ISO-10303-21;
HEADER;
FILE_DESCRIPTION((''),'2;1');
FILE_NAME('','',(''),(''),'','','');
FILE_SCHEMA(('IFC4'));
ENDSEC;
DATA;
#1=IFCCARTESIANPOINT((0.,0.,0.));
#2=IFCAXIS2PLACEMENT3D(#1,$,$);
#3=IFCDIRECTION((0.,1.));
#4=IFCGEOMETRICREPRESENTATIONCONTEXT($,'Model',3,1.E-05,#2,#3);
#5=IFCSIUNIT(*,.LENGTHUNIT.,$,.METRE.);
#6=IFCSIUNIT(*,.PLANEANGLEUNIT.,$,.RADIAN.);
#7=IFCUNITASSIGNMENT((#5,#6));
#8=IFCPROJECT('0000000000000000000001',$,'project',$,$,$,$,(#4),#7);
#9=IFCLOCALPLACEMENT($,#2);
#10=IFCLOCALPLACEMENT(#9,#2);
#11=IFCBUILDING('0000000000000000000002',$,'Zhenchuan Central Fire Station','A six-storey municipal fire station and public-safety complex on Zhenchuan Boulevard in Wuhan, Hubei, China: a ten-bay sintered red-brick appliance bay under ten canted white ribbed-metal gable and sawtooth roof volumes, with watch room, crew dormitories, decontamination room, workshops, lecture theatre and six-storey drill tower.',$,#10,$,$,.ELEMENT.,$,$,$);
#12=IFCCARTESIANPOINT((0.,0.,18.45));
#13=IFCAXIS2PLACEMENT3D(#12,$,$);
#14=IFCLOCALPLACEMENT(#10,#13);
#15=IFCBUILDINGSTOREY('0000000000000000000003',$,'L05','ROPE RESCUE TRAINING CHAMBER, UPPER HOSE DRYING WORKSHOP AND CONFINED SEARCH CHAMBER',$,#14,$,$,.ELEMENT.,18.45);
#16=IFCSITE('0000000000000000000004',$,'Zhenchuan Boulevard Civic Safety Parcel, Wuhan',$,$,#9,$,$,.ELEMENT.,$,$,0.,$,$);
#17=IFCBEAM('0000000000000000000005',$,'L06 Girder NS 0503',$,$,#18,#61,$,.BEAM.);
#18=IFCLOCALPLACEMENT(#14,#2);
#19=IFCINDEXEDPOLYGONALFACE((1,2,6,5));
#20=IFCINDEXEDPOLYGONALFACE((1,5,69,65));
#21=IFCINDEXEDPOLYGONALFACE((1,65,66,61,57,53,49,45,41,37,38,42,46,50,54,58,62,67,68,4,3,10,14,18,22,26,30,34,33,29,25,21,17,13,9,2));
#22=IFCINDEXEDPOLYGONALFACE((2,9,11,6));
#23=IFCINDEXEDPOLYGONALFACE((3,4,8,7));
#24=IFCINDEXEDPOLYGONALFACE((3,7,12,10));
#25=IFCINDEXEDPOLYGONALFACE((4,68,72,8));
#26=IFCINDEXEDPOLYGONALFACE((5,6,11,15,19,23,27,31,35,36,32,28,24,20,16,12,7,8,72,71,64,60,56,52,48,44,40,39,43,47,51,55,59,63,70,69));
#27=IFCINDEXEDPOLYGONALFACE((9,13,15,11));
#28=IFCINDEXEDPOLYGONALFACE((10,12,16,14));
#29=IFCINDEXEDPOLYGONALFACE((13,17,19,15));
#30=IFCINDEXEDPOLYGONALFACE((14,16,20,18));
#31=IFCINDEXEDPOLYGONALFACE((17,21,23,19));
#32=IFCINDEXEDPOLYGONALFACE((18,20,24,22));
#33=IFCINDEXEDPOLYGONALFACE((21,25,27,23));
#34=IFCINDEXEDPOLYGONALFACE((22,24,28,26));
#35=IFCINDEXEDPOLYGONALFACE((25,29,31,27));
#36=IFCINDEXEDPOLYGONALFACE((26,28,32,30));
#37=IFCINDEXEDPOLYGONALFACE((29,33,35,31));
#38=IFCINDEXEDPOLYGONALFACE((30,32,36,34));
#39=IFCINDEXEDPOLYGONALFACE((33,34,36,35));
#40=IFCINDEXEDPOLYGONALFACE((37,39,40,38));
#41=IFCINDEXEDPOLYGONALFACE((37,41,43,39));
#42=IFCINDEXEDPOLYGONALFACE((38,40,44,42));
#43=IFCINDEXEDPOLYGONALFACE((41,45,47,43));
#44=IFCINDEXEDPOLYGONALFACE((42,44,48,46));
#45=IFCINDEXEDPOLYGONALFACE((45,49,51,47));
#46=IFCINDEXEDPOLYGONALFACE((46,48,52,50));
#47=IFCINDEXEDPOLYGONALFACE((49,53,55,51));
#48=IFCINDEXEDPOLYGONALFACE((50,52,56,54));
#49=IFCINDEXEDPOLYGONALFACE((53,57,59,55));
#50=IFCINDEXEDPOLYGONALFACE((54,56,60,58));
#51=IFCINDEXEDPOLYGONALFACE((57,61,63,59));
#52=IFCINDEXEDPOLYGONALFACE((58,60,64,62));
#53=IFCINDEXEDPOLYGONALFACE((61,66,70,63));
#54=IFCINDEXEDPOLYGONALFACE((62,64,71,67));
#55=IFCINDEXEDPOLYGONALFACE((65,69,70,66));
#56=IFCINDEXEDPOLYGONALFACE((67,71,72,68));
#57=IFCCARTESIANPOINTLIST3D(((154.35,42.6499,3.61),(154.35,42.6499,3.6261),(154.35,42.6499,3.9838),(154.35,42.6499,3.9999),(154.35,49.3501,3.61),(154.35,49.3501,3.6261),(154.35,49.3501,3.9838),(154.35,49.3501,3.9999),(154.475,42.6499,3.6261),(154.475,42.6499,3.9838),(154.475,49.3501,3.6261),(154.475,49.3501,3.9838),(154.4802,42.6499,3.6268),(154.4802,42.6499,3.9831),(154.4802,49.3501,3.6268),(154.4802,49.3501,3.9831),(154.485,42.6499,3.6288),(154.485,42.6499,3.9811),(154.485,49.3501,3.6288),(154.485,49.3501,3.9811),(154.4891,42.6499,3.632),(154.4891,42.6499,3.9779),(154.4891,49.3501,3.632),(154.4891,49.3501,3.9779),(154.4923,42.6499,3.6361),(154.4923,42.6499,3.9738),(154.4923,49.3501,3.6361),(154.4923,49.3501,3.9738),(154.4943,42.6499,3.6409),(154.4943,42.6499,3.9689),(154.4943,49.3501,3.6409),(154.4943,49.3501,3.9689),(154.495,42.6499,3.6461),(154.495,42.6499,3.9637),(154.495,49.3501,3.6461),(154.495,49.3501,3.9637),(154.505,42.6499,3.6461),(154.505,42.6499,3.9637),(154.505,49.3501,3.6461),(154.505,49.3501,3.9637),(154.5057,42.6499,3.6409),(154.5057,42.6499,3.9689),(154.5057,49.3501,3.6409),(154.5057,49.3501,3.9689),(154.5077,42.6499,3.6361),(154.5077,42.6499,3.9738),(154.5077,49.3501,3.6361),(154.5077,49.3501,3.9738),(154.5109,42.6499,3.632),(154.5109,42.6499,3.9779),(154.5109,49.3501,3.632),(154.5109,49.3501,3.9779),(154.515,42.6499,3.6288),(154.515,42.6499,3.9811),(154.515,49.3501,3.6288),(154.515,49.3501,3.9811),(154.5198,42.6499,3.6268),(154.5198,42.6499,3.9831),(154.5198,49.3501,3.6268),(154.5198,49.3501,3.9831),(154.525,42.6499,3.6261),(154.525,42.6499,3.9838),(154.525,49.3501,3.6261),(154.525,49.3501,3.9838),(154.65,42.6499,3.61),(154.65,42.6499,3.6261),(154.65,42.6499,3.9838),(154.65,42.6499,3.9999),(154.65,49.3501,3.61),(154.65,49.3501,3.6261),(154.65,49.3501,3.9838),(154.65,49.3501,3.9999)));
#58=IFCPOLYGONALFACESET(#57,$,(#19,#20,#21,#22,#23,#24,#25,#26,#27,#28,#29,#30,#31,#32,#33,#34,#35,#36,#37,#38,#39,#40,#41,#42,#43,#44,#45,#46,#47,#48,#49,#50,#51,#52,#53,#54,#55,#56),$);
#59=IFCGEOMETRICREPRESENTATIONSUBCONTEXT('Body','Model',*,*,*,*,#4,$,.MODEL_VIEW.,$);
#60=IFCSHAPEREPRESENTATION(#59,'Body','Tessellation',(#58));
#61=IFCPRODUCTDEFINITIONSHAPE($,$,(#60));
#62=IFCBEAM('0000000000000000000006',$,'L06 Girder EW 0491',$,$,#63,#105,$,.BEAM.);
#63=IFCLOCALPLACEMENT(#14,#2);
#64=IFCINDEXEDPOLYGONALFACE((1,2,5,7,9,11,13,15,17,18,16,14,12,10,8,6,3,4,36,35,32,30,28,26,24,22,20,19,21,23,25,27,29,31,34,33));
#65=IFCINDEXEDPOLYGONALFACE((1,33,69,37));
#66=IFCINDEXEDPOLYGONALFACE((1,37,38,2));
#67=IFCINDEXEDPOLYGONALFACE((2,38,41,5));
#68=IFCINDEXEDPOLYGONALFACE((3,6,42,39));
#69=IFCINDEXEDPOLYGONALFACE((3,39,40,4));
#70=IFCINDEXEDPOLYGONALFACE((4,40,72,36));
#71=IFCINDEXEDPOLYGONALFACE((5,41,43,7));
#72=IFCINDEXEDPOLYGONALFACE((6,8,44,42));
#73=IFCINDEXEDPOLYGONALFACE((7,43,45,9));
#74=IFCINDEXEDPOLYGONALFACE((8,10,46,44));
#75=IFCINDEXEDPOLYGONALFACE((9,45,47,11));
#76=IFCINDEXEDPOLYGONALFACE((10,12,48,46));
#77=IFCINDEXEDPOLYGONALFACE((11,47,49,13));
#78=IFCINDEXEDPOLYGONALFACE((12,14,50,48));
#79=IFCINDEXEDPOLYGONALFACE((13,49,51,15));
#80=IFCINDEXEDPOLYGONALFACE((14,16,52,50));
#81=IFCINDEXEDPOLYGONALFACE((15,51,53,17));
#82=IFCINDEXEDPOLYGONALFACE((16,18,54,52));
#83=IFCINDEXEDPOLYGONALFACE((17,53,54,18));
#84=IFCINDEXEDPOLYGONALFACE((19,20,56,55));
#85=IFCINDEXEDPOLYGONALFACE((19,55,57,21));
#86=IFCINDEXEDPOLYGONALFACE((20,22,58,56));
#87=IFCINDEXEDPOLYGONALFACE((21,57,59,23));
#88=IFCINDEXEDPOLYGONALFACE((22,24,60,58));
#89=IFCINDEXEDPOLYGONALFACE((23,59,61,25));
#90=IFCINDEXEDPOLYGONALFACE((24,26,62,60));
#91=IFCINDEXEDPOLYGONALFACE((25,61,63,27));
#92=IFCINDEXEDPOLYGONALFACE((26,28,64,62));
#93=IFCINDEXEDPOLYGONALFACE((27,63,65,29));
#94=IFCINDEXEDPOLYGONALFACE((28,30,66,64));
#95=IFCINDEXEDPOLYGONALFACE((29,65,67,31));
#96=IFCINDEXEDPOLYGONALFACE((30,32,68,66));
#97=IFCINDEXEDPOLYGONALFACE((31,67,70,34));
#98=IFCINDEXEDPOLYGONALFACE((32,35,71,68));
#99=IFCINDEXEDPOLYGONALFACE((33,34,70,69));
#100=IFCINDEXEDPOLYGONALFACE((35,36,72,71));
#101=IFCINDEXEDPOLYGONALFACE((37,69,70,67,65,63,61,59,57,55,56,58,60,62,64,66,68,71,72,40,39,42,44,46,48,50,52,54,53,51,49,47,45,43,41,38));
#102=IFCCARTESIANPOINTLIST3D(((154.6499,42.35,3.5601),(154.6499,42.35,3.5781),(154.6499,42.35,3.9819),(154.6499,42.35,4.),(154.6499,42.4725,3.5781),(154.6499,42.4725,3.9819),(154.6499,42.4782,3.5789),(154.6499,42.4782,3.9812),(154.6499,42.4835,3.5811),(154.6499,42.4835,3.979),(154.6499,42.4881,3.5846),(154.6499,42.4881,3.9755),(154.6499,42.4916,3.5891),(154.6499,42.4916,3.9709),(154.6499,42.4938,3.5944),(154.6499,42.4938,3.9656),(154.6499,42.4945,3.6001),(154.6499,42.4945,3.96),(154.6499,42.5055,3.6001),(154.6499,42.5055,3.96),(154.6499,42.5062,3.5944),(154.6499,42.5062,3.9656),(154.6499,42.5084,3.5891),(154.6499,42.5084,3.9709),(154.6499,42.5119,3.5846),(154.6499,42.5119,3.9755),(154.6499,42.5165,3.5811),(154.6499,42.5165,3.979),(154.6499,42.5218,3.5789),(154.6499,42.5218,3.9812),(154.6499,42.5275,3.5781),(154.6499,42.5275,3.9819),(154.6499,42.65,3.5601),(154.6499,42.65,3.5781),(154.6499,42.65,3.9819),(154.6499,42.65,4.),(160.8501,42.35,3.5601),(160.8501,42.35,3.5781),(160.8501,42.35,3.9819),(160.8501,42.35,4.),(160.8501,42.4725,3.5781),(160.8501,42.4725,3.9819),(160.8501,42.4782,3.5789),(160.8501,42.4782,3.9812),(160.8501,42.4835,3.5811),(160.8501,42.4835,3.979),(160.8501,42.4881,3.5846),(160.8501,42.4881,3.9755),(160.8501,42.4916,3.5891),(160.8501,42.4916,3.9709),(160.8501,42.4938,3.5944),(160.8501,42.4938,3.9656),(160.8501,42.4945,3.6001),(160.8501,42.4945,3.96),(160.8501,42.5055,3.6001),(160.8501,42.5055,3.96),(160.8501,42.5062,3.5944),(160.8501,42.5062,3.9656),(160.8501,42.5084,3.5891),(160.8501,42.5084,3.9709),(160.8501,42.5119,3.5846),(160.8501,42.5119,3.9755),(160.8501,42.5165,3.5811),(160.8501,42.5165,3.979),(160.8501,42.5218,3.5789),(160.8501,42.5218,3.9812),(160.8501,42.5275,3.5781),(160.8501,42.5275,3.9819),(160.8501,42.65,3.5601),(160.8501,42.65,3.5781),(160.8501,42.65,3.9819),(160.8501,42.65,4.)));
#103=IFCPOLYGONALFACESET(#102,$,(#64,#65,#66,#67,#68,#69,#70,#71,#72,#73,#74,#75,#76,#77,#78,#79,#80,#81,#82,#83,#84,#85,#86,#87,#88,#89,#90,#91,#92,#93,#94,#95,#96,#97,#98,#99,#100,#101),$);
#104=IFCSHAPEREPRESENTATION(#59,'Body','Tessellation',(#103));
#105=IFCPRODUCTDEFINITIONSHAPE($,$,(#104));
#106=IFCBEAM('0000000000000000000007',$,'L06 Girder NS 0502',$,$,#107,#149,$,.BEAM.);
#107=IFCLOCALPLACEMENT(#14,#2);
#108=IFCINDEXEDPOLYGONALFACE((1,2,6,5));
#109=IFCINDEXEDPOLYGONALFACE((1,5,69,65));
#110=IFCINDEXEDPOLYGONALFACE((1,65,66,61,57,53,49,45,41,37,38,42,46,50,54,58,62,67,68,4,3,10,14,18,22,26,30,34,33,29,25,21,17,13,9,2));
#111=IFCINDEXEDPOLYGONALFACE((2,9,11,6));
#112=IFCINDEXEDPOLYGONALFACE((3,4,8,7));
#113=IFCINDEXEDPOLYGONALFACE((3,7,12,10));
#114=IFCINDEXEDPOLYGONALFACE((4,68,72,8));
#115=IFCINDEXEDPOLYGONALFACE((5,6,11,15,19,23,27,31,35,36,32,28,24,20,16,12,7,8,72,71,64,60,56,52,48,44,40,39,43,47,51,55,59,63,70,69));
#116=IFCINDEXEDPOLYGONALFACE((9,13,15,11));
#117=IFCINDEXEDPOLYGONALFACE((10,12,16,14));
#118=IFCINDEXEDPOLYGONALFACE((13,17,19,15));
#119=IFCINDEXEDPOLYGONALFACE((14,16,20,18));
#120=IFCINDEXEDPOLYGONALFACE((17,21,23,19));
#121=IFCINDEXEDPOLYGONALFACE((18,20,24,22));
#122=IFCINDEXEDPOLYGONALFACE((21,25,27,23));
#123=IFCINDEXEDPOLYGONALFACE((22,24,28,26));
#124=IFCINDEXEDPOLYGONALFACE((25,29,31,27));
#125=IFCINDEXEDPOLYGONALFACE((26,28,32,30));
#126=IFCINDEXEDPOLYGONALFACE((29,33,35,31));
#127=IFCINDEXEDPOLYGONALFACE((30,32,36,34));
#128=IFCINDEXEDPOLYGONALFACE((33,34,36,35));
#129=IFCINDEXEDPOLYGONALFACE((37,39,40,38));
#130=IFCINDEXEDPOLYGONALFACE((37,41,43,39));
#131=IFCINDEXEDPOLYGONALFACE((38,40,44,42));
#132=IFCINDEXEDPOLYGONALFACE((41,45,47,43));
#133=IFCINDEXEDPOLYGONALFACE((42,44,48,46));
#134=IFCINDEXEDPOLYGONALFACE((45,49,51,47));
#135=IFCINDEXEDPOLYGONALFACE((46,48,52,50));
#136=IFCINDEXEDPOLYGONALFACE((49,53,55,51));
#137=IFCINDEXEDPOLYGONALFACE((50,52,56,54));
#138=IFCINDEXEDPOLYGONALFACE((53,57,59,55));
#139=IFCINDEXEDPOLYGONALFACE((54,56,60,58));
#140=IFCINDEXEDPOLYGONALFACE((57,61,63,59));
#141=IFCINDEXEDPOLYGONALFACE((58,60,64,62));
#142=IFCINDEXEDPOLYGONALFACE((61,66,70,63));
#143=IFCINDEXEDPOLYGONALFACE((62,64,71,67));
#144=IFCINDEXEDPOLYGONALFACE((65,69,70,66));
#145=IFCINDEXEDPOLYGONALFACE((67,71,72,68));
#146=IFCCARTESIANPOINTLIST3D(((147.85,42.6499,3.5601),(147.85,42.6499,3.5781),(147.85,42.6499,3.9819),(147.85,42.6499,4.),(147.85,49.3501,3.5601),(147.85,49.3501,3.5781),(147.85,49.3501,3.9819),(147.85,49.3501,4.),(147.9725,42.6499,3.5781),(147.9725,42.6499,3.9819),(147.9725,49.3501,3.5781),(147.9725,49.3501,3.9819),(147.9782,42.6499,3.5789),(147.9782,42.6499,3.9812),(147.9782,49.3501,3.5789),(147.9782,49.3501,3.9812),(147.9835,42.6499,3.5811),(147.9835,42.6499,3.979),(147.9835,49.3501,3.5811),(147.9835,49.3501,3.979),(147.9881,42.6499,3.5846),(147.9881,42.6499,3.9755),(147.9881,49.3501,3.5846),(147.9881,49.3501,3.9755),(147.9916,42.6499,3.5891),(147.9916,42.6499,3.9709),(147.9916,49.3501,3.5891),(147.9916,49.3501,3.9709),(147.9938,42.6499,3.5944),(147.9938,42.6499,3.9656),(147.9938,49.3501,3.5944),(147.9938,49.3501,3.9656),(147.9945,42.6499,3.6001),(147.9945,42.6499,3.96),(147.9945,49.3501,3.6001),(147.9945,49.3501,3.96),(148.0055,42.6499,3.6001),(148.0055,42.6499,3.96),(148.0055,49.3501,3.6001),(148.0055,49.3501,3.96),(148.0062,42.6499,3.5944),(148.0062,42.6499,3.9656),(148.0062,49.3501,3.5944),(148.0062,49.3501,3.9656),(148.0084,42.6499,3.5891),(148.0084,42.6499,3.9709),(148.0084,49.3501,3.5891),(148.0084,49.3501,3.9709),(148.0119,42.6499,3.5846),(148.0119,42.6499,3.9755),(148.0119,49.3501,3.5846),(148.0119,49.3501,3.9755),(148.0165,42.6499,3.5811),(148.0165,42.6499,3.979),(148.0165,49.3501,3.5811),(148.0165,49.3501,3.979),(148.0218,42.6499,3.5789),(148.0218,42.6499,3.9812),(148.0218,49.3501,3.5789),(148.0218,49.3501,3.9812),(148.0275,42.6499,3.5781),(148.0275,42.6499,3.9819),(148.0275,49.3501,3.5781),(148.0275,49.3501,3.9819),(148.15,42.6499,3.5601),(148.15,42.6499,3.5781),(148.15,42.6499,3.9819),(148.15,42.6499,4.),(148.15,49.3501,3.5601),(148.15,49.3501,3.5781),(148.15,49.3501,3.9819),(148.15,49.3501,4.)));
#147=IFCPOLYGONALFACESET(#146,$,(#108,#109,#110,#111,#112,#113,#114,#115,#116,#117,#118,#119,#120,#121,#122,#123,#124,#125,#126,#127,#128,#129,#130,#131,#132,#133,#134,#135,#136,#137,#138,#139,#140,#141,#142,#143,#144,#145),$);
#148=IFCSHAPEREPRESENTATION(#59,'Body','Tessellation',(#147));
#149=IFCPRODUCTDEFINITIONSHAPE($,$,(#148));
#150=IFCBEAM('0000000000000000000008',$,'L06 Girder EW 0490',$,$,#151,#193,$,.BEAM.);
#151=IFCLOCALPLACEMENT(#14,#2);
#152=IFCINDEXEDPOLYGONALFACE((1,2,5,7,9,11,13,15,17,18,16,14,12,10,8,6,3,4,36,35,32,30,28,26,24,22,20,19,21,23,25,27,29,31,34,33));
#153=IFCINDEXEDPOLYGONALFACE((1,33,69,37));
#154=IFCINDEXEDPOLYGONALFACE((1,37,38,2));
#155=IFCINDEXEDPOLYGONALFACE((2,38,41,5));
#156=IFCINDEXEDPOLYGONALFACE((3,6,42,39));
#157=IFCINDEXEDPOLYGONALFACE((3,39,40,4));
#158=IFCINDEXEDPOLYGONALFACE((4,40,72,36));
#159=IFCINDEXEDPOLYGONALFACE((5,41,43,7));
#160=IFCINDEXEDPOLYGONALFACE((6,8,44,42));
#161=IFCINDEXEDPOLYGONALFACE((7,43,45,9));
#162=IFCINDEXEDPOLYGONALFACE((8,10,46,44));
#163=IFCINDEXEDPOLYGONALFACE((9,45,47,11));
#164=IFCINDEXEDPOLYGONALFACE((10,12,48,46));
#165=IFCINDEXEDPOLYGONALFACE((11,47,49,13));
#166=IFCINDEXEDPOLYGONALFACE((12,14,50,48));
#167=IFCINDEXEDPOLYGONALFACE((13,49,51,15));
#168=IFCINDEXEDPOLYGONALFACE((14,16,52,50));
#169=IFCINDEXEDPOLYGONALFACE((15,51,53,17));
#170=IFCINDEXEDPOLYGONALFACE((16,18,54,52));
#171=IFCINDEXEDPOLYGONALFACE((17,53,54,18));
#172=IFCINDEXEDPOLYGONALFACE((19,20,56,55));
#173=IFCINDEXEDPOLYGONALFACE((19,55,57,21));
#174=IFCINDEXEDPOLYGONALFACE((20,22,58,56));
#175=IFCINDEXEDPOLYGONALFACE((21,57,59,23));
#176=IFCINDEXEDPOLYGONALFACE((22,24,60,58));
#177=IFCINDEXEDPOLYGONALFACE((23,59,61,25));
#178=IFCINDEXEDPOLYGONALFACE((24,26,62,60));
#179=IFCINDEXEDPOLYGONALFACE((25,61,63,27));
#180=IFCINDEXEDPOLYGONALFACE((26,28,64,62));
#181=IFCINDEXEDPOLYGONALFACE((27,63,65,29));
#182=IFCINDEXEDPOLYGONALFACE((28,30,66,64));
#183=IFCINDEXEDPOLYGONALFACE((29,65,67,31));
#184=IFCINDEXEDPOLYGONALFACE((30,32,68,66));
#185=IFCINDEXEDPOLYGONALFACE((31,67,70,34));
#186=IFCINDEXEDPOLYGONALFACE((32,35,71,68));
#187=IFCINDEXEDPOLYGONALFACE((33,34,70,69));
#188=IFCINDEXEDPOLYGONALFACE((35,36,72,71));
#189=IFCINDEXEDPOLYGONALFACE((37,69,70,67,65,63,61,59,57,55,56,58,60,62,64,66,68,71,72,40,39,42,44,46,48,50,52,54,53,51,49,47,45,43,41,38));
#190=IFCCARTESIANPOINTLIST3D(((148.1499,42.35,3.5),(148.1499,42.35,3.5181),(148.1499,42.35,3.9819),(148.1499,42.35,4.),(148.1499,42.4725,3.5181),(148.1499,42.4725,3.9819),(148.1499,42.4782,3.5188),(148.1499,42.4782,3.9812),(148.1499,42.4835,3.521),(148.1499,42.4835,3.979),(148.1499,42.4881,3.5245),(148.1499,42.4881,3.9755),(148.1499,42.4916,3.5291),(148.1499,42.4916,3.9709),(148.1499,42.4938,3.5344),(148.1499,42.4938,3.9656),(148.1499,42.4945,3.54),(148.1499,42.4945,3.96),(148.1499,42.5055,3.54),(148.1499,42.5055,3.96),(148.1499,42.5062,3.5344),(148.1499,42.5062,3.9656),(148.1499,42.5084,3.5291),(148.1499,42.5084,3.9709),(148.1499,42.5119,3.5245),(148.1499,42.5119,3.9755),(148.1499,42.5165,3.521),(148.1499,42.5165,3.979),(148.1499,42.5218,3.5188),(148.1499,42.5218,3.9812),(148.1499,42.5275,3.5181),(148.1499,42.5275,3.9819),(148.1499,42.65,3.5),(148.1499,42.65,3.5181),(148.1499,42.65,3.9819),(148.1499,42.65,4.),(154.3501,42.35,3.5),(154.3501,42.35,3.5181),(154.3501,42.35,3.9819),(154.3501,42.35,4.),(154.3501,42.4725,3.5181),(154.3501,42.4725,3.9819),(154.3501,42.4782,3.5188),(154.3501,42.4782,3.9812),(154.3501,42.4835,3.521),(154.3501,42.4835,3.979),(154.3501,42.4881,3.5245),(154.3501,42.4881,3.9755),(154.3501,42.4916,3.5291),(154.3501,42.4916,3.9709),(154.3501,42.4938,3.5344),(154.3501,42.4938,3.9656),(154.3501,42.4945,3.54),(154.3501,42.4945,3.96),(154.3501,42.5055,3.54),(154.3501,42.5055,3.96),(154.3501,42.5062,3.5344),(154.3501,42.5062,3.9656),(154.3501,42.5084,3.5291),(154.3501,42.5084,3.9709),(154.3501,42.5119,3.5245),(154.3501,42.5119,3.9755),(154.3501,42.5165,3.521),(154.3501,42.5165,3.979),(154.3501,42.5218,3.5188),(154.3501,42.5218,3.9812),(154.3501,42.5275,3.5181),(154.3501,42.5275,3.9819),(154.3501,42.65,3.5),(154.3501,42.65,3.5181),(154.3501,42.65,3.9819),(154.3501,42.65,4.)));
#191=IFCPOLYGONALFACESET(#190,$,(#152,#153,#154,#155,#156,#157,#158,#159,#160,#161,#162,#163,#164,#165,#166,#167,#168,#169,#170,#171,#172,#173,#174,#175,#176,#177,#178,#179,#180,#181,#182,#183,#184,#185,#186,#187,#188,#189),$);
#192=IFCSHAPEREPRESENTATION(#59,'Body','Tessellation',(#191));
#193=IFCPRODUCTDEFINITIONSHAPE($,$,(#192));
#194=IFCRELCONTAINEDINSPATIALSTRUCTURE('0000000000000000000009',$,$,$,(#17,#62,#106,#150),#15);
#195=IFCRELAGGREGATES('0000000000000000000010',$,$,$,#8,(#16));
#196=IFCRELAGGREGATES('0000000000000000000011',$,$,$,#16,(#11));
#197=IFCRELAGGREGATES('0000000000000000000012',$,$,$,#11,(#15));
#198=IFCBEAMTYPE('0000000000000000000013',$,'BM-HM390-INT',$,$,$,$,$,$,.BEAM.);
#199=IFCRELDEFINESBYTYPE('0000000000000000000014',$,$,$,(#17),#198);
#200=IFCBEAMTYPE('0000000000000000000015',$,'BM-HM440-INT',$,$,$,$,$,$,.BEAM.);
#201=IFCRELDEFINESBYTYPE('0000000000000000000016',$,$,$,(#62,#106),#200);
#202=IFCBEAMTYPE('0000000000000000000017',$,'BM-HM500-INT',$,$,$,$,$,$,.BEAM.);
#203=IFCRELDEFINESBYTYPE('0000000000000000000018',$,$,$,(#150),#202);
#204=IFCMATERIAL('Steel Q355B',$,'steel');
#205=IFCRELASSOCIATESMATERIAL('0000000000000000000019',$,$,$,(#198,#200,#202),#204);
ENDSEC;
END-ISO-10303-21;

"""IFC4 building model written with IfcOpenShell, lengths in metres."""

from ifc_helpers import new_model, si_unit, direction, frame, origin, origin_2d, place, context, subcontext, project, spatial, i_section, extrude, material, material_profile, profile_set, type_object, element, save


model = new_model("IFC4")

# Units and contexts
model_context = context("Model", 3, precision=1e-05, world=origin(), true_north=direction((0.0, 1.0)))
body_context = subcontext(model_context, "Body", "Model", "MODEL_VIEW")
ifc_project = project(units=[si_unit("LENGTHUNIT", "METRE"), si_unit("PLANEANGLEUNIT", "RADIAN")], contexts=[model_context])

# Site, building, storey
site_placement = place(None, origin())
site = spatial("IfcSite", under=ifc_project, at=site_placement, Name="Zhenchuan Boulevard Civic Safety Parcel, Wuhan", CompositionType="ELEMENT", RefElevation=0.0)
building_placement = place(site_placement, origin())
building = spatial("IfcBuilding", under=site, at=building_placement, Name="Zhenchuan Central Fire Station", Description="A six-storey municipal fire station and public-safety complex on Zhenchuan Boulevard in Wuhan, Hubei, China: a ten-bay sintered red-brick appliance bay under ten canted white ribbed-metal gable and sawtooth roof volumes, with watch room, crew dormitories, decontamination room, workshops, lecture theatre and six-storey drill tower.", CompositionType="ELEMENT")
storey_placement = place(building_placement, frame((0.0, 0.0, 18.45)))
storey = spatial("IfcBuildingStorey", under=building, at=storey_placement, Name="L05", Description="ROPE RESCUE TRAINING CHAMBER, UPPER HOSE DRYING WORKSHOP AND CONFINED SEARCH CHAMBER", CompositionType="ELEMENT", Elevation=18.45)

# Shared definitions
ifc_material_1 = material(Name="Steel Q355B", Category="steel")

# Beams
ifc_material_profile_1 = material_profile(ifc_material_1, i_section(OverallWidth=0.3, OverallDepth=0.3899, WebThickness=0.01, FlangeThickness=0.0161, FilletRadius=0.02, at=origin_2d()), Name="HM 390x300")
ifc_profile_set_1 = profile_set([ifc_material_profile_1], Name="Steel Q355B")
beam_type_1 = type_object("IfcBeamType", Name="BM-HM390-INT", PredefinedType="BEAM", material=ifc_profile_set_1)
beam_1_placement = place(storey_placement, frame((154.5, 42.6499, 3.8049), z_axis=(0.0, 1.0, 0.0), x_axis=(-1.0, 0.0, 0.0)))
element("IfcBeam", 1, at=beam_1_placement, inside=storey, type_object=beam_type_1, Name="L06 Girder NS 0503", PredefinedType="BEAM", context=body_context, shape_type="SweptSolid", body=[
    extrude(i_section(OverallWidth=0.3, OverallDepth=0.3899, WebThickness=0.01, FlangeThickness=0.0161, FilletRadius=0.02, at=origin_2d()), origin(), (0.0, 0.0, 1.0), 6.7002),
])
ifc_material_profile_2 = material_profile(ifc_material_1, i_section(OverallWidth=0.3, OverallDepth=0.4399, WebThickness=0.011, FlangeThickness=0.0181, FilletRadius=0.022, at=origin_2d()), Name="HM 440x300")
ifc_profile_set_2 = profile_set([ifc_material_profile_2], Name="Steel Q355B")
beam_type_2 = type_object("IfcBeamType", Name="BM-HM440-INT", PredefinedType="BEAM", material=ifc_profile_set_2)
beam_2_placement = place(storey_placement, frame((154.6499, 42.5, 3.78), z_axis=(1.0, 0.0, 0.0), x_axis=(0.0, 1.0, 0.0)))
element("IfcBeam", 2, at=beam_2_placement, inside=storey, type_object=beam_type_2, Name="L06 Girder EW 0491", PredefinedType="BEAM", context=body_context, shape_type="SweptSolid", body=[
    extrude(i_section(OverallWidth=0.3, OverallDepth=0.4399, WebThickness=0.011, FlangeThickness=0.0181, FilletRadius=0.022, at=origin_2d()), origin(), (0.0, 0.0, 1.0), 6.2002),
])
beam_3_placement = place(storey_placement, frame((148.0, 42.6499, 3.78), z_axis=(0.0, 1.0, 0.0), x_axis=(-1.0, 0.0, 0.0)))
element("IfcBeam", 3, at=beam_3_placement, inside=storey, type_object=beam_type_2, Name="L06 Girder NS 0502", PredefinedType="BEAM", context=body_context, shape_type="SweptSolid", body=[
    extrude(i_section(OverallWidth=0.3, OverallDepth=0.4399, WebThickness=0.011, FlangeThickness=0.0181, FilletRadius=0.022, at=origin_2d()), origin(), (0.0, 0.0, 1.0), 6.7002),
])
ifc_material_profile_3 = material_profile(ifc_material_1, i_section(OverallWidth=0.3, OverallDepth=0.5, WebThickness=0.011, FlangeThickness=0.0181, FilletRadius=0.022, at=origin_2d()), Name="HM 500x300")
ifc_profile_set_3 = profile_set([ifc_material_profile_3], Name="Steel Q355B")
beam_type_3 = type_object("IfcBeamType", Name="BM-HM500-INT", PredefinedType="BEAM", material=ifc_profile_set_3)
beam_4_placement = place(storey_placement, frame((148.1499, 42.5, 3.75), z_axis=(1.0, 0.0, 0.0), x_axis=(0.0, 1.0, 0.0)))
element("IfcBeam", 4, at=beam_4_placement, inside=storey, type_object=beam_type_3, Name="L06 Girder EW 0490", PredefinedType="BEAM", context=body_context, shape_type="SweptSolid", body=[
    extrude(i_section(OverallWidth=0.3, OverallDepth=0.5, WebThickness=0.011, FlangeThickness=0.0181, FilletRadius=0.022, at=origin_2d()), origin(), (0.0, 0.0, 1.0), 6.2002),
])

save(model, "model.ifc")
